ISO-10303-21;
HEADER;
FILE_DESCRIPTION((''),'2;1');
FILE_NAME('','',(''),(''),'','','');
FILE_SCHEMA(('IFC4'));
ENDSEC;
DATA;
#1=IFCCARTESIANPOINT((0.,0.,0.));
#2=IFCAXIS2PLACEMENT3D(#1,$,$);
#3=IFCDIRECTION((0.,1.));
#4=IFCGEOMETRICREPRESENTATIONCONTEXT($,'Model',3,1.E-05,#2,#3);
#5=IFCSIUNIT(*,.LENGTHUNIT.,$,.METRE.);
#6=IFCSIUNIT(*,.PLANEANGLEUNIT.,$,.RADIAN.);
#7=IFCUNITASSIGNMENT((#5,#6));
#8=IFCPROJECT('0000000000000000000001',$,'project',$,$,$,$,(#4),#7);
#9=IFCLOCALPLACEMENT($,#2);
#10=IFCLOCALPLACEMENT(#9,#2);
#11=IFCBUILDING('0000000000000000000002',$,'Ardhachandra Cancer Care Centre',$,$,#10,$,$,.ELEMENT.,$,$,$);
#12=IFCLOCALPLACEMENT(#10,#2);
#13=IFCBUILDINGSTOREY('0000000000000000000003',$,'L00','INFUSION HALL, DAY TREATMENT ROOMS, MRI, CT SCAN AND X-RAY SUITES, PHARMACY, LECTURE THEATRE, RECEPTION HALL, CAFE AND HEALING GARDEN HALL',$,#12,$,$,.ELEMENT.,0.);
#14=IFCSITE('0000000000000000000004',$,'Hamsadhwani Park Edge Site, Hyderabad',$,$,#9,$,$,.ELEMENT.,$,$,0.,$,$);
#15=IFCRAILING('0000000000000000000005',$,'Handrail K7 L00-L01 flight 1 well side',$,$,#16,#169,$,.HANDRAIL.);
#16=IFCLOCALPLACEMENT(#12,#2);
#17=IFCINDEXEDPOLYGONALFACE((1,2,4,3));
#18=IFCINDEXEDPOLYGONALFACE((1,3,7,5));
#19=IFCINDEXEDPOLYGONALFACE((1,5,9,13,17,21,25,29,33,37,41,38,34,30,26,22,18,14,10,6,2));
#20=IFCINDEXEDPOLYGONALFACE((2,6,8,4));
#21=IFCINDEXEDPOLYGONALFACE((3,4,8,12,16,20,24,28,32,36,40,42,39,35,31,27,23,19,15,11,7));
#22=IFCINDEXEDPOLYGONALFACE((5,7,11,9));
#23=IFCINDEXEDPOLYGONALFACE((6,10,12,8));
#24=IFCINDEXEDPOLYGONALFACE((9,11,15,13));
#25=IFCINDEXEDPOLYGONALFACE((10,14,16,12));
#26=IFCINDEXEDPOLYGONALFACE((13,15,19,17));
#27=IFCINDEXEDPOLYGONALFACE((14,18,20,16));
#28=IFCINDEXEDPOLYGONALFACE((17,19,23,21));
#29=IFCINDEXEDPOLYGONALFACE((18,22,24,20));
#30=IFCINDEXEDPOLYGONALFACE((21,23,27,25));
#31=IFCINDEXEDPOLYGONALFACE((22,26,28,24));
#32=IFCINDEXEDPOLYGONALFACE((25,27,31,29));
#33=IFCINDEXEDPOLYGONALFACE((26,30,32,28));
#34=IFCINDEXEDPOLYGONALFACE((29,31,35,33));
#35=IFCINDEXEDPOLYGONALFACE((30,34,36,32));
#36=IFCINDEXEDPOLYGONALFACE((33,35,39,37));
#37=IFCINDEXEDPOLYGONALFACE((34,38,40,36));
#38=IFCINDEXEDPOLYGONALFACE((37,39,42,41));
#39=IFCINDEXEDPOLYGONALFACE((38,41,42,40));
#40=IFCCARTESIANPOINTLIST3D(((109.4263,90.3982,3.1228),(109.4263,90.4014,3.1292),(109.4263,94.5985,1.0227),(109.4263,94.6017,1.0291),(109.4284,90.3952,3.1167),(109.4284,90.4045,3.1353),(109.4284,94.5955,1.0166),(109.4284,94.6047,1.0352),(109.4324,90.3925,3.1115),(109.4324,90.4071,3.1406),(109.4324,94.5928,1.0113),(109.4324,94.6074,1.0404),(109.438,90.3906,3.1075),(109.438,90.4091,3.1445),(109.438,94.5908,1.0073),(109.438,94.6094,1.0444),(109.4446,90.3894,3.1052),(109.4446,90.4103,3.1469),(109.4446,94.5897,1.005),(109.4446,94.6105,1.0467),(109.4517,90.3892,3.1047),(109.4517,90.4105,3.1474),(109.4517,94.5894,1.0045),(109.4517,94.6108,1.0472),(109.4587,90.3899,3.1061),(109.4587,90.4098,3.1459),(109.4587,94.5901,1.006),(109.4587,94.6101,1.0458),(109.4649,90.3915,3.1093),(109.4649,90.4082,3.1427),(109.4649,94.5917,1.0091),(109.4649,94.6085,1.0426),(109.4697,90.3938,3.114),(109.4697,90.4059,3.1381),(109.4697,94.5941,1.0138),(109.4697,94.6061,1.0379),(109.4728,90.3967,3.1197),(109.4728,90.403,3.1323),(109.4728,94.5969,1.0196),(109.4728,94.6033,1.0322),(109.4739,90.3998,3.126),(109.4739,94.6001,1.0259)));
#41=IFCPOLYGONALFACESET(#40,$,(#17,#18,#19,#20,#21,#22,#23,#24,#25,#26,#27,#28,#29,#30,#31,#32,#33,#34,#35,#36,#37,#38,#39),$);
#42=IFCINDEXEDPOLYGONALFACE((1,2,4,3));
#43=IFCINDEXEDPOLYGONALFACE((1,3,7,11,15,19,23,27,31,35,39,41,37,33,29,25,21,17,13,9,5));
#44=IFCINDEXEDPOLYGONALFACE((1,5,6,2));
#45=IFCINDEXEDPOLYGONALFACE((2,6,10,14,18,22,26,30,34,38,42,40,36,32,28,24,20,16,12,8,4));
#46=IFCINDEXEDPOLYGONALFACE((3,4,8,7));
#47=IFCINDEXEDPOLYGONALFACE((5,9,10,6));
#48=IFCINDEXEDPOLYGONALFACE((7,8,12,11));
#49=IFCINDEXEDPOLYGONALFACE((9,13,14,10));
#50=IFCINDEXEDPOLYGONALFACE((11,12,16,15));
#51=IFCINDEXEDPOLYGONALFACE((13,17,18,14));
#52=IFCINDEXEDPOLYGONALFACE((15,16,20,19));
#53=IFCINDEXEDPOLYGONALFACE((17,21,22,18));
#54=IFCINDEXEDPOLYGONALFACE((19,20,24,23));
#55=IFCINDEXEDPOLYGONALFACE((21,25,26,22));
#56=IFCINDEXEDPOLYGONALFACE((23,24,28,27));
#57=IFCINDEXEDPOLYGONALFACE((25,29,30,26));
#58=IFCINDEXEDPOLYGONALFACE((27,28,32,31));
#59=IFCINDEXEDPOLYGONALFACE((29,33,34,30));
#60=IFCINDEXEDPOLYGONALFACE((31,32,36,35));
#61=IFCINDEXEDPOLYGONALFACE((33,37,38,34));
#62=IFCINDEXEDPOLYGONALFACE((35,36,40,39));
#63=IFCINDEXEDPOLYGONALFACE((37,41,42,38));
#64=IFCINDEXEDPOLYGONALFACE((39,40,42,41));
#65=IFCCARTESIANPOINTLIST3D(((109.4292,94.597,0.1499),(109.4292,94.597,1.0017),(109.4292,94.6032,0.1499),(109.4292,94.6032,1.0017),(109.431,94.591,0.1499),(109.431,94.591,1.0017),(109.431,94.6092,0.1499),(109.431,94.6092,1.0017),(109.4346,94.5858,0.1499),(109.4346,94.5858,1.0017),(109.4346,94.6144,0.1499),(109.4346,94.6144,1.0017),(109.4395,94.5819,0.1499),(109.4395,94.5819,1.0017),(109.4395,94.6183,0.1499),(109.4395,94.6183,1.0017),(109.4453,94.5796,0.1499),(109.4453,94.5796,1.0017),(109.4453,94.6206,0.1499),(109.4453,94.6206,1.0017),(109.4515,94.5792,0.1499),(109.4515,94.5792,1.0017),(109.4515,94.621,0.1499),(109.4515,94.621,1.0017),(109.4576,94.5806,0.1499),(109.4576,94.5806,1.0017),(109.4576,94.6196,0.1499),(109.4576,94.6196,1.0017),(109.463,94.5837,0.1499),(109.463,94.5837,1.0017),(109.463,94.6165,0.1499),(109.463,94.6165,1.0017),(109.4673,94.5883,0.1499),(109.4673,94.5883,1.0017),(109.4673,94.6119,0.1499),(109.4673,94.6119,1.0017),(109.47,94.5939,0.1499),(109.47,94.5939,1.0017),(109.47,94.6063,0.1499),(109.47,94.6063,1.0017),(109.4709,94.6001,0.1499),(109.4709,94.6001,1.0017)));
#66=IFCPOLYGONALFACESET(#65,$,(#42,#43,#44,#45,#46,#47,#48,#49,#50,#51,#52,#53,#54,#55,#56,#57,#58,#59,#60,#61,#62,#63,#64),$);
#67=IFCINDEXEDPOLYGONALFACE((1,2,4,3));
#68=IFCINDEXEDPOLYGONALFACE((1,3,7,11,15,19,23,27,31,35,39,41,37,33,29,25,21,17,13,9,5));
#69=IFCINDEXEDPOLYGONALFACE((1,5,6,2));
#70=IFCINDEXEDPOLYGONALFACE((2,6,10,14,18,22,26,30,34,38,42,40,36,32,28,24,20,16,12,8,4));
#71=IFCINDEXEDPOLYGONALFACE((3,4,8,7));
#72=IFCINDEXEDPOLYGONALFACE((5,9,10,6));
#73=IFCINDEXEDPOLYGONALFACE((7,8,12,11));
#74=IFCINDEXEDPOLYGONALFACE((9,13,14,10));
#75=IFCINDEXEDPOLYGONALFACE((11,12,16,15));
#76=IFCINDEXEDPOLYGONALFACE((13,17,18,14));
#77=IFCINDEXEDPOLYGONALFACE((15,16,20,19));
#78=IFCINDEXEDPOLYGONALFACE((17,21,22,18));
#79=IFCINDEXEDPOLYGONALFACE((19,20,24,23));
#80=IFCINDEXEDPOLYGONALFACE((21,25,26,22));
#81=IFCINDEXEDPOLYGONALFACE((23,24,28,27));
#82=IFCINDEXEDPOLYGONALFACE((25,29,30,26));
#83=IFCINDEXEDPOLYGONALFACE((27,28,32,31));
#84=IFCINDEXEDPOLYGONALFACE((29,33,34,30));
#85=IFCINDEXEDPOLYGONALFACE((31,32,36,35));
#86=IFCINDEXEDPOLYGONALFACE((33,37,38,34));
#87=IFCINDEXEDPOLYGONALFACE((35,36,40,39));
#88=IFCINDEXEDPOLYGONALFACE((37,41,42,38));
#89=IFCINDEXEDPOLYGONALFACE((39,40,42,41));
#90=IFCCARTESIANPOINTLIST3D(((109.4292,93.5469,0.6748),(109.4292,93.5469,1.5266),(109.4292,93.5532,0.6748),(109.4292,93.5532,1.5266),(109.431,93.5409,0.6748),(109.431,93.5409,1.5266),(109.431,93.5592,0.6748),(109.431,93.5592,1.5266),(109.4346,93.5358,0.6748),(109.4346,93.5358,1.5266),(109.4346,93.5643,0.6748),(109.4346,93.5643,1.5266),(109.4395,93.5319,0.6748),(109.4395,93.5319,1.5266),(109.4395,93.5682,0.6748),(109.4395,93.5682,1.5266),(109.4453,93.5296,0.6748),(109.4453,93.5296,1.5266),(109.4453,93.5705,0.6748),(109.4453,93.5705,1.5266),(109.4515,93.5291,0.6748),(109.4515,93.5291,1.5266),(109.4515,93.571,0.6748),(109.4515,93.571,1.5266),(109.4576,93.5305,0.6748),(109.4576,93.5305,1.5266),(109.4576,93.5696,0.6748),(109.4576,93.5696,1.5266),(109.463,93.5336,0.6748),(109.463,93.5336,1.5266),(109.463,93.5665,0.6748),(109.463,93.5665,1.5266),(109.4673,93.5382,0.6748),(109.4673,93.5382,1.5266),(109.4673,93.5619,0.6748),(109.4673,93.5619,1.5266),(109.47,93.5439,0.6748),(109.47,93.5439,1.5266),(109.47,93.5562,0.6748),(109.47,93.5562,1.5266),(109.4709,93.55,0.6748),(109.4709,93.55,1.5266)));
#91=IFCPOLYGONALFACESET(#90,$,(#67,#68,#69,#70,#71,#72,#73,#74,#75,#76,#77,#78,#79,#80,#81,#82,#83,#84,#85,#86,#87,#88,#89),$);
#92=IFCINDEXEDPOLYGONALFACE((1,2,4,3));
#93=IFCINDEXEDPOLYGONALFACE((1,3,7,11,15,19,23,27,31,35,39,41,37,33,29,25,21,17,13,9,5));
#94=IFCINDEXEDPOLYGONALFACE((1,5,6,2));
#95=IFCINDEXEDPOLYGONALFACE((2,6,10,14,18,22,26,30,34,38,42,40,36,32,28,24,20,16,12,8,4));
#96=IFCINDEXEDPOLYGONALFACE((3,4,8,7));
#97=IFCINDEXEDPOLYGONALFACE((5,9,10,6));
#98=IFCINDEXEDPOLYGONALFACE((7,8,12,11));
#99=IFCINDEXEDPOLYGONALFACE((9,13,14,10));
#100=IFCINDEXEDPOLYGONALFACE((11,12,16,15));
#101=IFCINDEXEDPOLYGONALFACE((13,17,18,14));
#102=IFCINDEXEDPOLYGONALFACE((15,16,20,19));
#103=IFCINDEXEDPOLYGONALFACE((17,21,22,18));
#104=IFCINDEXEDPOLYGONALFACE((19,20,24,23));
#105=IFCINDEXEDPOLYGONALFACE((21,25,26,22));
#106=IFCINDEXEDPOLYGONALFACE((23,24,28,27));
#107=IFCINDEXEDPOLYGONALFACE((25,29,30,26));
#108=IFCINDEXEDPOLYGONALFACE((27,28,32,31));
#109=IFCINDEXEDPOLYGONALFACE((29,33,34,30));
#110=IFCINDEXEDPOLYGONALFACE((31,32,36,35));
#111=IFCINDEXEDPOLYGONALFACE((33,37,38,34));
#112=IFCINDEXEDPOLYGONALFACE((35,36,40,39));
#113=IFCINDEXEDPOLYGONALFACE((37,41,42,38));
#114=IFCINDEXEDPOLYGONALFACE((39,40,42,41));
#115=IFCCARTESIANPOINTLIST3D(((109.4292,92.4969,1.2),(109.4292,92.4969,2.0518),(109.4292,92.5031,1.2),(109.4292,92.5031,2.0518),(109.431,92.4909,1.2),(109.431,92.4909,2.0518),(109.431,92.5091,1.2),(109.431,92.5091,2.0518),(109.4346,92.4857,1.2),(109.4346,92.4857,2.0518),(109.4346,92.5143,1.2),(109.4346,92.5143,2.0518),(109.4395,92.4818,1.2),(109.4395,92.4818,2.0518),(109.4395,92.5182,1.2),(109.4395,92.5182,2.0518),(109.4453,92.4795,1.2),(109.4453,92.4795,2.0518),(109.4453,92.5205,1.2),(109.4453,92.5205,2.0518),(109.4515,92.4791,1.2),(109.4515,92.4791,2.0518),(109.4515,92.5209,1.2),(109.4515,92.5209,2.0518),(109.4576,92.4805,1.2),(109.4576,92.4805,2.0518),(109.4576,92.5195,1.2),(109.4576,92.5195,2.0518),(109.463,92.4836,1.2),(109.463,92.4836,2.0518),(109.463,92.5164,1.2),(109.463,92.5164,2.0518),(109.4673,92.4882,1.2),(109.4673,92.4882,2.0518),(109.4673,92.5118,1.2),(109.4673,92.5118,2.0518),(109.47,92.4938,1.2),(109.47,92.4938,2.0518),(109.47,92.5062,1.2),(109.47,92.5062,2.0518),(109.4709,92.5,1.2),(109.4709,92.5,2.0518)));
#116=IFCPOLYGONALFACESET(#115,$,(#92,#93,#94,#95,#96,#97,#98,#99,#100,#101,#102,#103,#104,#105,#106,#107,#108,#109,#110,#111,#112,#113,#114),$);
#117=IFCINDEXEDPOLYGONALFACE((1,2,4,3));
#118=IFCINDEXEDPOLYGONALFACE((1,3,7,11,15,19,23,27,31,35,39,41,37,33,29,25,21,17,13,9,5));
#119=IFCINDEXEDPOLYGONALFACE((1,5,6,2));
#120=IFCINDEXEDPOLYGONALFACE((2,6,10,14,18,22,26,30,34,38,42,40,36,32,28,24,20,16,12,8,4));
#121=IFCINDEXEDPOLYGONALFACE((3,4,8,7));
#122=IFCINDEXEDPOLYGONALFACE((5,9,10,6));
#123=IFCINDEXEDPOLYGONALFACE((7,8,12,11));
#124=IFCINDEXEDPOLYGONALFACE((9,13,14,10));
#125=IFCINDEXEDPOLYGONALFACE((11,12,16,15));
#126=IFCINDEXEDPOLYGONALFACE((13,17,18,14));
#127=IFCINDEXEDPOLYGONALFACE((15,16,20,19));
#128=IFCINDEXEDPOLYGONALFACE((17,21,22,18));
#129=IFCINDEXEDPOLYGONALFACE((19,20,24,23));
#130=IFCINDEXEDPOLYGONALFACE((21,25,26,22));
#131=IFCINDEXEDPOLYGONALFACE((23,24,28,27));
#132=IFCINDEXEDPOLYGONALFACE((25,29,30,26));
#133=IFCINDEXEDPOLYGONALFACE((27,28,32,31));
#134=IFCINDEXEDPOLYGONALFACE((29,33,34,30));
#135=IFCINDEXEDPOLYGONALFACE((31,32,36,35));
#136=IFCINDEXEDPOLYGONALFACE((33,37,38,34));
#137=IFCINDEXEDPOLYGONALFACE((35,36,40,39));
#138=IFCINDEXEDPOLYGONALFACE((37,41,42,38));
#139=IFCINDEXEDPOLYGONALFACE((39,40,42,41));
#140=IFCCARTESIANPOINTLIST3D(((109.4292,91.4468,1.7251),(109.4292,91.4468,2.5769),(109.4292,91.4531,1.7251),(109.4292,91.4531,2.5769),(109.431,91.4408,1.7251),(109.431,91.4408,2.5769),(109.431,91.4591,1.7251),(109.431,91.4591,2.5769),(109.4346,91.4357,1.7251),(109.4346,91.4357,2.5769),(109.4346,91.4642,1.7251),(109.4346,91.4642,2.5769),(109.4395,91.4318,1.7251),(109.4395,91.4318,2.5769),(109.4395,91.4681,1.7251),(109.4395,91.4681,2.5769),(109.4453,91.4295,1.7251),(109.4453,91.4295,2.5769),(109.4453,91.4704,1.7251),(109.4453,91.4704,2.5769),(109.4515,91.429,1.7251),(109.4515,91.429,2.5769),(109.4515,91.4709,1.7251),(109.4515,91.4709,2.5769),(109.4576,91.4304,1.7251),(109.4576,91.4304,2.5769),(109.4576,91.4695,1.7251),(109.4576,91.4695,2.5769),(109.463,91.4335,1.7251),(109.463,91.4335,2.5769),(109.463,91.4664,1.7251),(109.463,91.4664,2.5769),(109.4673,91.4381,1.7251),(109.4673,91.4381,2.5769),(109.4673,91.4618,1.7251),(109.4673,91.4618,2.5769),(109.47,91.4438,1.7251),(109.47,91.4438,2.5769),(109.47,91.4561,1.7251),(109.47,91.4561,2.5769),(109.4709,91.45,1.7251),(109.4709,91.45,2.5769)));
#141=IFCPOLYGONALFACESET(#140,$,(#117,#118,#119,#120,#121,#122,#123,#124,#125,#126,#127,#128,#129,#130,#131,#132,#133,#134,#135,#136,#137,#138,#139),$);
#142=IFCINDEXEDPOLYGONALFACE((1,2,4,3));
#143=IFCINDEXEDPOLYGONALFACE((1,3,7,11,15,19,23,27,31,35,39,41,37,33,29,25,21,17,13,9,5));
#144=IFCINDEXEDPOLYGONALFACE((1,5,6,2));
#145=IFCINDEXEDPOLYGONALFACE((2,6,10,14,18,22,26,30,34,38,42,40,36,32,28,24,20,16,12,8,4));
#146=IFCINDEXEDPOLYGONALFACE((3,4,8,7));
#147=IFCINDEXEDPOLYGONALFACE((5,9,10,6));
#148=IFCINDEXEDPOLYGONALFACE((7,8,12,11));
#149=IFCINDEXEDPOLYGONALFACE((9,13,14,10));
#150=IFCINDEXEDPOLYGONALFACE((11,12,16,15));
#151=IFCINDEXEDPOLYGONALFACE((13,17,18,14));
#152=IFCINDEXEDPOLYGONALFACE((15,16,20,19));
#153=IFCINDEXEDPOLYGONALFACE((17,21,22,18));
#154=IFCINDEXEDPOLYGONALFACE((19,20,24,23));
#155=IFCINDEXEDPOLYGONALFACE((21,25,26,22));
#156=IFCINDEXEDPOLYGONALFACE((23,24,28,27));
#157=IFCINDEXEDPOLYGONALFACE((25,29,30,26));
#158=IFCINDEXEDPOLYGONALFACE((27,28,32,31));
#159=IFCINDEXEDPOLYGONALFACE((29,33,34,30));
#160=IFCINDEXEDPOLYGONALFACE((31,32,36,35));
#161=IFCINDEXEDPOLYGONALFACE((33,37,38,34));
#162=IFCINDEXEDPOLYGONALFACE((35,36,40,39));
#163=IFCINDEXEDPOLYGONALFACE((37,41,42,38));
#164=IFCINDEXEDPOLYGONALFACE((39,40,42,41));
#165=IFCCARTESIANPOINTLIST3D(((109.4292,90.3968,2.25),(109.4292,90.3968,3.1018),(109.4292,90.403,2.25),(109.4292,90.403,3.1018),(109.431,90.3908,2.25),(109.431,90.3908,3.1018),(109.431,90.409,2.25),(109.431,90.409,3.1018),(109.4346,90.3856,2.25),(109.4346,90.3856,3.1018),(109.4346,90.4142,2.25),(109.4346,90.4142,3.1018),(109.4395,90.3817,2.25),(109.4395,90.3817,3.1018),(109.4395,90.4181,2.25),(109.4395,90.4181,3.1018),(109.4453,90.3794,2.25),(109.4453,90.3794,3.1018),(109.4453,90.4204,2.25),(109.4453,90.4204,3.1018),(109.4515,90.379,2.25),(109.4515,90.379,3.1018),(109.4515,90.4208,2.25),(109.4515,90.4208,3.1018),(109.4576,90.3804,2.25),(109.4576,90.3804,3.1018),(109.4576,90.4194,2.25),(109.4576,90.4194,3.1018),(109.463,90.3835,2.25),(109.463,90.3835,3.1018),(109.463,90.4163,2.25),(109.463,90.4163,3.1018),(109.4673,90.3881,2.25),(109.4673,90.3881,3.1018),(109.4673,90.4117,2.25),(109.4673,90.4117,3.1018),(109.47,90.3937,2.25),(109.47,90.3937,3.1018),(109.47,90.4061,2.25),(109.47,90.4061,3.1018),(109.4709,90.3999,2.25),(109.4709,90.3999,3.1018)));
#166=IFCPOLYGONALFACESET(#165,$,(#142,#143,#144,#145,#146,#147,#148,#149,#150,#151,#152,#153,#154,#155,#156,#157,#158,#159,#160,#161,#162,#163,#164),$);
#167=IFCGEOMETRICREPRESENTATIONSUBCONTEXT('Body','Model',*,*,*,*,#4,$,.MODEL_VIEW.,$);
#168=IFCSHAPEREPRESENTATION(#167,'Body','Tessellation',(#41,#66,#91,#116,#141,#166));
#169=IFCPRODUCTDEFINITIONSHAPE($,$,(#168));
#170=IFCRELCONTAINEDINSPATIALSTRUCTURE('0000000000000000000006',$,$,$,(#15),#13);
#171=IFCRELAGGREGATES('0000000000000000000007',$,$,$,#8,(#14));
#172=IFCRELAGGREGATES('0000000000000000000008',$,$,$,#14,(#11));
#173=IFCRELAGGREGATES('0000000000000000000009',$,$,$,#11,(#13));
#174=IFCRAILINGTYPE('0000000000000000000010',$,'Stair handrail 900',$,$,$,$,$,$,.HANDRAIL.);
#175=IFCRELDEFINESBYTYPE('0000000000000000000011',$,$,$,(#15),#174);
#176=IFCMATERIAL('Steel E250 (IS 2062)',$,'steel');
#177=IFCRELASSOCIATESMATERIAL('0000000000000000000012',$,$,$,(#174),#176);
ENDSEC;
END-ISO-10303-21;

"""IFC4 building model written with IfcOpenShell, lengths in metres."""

from ifc_helpers import new_model, si_unit, direction, frame, origin, origin_2d, place, context, subcontext, project, spatial, circle, extrude, material, type_object, element, save


model = new_model("IFC4")

# Units and contexts
model_context = context("Model", 3, precision=1e-05, world=origin(), true_north=direction((0.0, 1.0)))
body_context = subcontext(model_context, "Body", "Model", "MODEL_VIEW")
ifc_project = project(units=[si_unit("LENGTHUNIT", "METRE"), si_unit("PLANEANGLEUNIT", "RADIAN")], contexts=[model_context])

# Site, building, storey
site_placement = place(None, origin())
site = spatial("IfcSite", under=ifc_project, at=site_placement, Name="Hamsadhwani Park Edge Site, Hyderabad", CompositionType="ELEMENT", RefElevation=0.0)
building_placement = place(site_placement, origin())
building = spatial("IfcBuilding", under=site, at=building_placement, Name="Ardhachandra Cancer Care Centre", CompositionType="ELEMENT")
storey_placement = place(building_placement, origin())
storey = spatial("IfcBuildingStorey", under=building, at=storey_placement, Name="L00", Description="INFUSION HALL, DAY TREATMENT ROOMS, MRI, CT SCAN AND X-RAY SUITES, PHARMACY, LECTURE THEATRE, RECEPTION HALL, CAFE AND HEALING GARDEN HALL", CompositionType="ELEMENT", Elevation=0.0)

# Railing
ifc_material_1 = material(Name="Steel E250 (IS 2062)", Category="steel")
railing_type_1 = type_object("IfcRailingType", Name="Stair handrail 900", PredefinedType="HANDRAIL", material=ifc_material_1)
for number, where, name in (
    (1, (109.45, 94.6001, 0.1499), "Handrail K7 L00-L01 flight 1 well side"),
):
    element("IfcRailing", number, at=place(storey_placement, frame(where)), inside=storey, type_object=railing_type_1, Name=name, PredefinedType="HANDRAIL", context=body_context, shape_type="SweptSolid", body=[
        extrude(circle(Radius=0.0239, at=origin_2d()), frame((0.0, 0.0, 0.876), z_axis=(0.0, -0.894427, 0.447214), x_axis=(1.0, 0.0, 0.0)), (0.0, 0.0, 1.0), 4.696),
        extrude(circle(Radius=0.021, at=origin_2d()), origin(), (0.0, 0.0, 1.0), 0.8518),
        extrude(circle(Radius=0.021, at=origin_2d()), frame((0.0, -1.05, 0.5249)), (0.0, 0.0, 1.0), 0.8518),
        extrude(circle(Radius=0.021, at=origin_2d()), frame((0.0, -2.1001, 1.05)), (0.0, 0.0, 1.0), 0.8518),
        extrude(circle(Radius=0.021, at=origin_2d()), frame((0.0, -3.1501, 1.5752)), (0.0, 0.0, 1.0), 0.8518),
        extrude(circle(Radius=0.021, at=origin_2d()), frame((0.0, -4.2002, 2.1001)), (0.0, 0.0, 1.0), 0.8518),
    ])

save(model, "model.ifc")
